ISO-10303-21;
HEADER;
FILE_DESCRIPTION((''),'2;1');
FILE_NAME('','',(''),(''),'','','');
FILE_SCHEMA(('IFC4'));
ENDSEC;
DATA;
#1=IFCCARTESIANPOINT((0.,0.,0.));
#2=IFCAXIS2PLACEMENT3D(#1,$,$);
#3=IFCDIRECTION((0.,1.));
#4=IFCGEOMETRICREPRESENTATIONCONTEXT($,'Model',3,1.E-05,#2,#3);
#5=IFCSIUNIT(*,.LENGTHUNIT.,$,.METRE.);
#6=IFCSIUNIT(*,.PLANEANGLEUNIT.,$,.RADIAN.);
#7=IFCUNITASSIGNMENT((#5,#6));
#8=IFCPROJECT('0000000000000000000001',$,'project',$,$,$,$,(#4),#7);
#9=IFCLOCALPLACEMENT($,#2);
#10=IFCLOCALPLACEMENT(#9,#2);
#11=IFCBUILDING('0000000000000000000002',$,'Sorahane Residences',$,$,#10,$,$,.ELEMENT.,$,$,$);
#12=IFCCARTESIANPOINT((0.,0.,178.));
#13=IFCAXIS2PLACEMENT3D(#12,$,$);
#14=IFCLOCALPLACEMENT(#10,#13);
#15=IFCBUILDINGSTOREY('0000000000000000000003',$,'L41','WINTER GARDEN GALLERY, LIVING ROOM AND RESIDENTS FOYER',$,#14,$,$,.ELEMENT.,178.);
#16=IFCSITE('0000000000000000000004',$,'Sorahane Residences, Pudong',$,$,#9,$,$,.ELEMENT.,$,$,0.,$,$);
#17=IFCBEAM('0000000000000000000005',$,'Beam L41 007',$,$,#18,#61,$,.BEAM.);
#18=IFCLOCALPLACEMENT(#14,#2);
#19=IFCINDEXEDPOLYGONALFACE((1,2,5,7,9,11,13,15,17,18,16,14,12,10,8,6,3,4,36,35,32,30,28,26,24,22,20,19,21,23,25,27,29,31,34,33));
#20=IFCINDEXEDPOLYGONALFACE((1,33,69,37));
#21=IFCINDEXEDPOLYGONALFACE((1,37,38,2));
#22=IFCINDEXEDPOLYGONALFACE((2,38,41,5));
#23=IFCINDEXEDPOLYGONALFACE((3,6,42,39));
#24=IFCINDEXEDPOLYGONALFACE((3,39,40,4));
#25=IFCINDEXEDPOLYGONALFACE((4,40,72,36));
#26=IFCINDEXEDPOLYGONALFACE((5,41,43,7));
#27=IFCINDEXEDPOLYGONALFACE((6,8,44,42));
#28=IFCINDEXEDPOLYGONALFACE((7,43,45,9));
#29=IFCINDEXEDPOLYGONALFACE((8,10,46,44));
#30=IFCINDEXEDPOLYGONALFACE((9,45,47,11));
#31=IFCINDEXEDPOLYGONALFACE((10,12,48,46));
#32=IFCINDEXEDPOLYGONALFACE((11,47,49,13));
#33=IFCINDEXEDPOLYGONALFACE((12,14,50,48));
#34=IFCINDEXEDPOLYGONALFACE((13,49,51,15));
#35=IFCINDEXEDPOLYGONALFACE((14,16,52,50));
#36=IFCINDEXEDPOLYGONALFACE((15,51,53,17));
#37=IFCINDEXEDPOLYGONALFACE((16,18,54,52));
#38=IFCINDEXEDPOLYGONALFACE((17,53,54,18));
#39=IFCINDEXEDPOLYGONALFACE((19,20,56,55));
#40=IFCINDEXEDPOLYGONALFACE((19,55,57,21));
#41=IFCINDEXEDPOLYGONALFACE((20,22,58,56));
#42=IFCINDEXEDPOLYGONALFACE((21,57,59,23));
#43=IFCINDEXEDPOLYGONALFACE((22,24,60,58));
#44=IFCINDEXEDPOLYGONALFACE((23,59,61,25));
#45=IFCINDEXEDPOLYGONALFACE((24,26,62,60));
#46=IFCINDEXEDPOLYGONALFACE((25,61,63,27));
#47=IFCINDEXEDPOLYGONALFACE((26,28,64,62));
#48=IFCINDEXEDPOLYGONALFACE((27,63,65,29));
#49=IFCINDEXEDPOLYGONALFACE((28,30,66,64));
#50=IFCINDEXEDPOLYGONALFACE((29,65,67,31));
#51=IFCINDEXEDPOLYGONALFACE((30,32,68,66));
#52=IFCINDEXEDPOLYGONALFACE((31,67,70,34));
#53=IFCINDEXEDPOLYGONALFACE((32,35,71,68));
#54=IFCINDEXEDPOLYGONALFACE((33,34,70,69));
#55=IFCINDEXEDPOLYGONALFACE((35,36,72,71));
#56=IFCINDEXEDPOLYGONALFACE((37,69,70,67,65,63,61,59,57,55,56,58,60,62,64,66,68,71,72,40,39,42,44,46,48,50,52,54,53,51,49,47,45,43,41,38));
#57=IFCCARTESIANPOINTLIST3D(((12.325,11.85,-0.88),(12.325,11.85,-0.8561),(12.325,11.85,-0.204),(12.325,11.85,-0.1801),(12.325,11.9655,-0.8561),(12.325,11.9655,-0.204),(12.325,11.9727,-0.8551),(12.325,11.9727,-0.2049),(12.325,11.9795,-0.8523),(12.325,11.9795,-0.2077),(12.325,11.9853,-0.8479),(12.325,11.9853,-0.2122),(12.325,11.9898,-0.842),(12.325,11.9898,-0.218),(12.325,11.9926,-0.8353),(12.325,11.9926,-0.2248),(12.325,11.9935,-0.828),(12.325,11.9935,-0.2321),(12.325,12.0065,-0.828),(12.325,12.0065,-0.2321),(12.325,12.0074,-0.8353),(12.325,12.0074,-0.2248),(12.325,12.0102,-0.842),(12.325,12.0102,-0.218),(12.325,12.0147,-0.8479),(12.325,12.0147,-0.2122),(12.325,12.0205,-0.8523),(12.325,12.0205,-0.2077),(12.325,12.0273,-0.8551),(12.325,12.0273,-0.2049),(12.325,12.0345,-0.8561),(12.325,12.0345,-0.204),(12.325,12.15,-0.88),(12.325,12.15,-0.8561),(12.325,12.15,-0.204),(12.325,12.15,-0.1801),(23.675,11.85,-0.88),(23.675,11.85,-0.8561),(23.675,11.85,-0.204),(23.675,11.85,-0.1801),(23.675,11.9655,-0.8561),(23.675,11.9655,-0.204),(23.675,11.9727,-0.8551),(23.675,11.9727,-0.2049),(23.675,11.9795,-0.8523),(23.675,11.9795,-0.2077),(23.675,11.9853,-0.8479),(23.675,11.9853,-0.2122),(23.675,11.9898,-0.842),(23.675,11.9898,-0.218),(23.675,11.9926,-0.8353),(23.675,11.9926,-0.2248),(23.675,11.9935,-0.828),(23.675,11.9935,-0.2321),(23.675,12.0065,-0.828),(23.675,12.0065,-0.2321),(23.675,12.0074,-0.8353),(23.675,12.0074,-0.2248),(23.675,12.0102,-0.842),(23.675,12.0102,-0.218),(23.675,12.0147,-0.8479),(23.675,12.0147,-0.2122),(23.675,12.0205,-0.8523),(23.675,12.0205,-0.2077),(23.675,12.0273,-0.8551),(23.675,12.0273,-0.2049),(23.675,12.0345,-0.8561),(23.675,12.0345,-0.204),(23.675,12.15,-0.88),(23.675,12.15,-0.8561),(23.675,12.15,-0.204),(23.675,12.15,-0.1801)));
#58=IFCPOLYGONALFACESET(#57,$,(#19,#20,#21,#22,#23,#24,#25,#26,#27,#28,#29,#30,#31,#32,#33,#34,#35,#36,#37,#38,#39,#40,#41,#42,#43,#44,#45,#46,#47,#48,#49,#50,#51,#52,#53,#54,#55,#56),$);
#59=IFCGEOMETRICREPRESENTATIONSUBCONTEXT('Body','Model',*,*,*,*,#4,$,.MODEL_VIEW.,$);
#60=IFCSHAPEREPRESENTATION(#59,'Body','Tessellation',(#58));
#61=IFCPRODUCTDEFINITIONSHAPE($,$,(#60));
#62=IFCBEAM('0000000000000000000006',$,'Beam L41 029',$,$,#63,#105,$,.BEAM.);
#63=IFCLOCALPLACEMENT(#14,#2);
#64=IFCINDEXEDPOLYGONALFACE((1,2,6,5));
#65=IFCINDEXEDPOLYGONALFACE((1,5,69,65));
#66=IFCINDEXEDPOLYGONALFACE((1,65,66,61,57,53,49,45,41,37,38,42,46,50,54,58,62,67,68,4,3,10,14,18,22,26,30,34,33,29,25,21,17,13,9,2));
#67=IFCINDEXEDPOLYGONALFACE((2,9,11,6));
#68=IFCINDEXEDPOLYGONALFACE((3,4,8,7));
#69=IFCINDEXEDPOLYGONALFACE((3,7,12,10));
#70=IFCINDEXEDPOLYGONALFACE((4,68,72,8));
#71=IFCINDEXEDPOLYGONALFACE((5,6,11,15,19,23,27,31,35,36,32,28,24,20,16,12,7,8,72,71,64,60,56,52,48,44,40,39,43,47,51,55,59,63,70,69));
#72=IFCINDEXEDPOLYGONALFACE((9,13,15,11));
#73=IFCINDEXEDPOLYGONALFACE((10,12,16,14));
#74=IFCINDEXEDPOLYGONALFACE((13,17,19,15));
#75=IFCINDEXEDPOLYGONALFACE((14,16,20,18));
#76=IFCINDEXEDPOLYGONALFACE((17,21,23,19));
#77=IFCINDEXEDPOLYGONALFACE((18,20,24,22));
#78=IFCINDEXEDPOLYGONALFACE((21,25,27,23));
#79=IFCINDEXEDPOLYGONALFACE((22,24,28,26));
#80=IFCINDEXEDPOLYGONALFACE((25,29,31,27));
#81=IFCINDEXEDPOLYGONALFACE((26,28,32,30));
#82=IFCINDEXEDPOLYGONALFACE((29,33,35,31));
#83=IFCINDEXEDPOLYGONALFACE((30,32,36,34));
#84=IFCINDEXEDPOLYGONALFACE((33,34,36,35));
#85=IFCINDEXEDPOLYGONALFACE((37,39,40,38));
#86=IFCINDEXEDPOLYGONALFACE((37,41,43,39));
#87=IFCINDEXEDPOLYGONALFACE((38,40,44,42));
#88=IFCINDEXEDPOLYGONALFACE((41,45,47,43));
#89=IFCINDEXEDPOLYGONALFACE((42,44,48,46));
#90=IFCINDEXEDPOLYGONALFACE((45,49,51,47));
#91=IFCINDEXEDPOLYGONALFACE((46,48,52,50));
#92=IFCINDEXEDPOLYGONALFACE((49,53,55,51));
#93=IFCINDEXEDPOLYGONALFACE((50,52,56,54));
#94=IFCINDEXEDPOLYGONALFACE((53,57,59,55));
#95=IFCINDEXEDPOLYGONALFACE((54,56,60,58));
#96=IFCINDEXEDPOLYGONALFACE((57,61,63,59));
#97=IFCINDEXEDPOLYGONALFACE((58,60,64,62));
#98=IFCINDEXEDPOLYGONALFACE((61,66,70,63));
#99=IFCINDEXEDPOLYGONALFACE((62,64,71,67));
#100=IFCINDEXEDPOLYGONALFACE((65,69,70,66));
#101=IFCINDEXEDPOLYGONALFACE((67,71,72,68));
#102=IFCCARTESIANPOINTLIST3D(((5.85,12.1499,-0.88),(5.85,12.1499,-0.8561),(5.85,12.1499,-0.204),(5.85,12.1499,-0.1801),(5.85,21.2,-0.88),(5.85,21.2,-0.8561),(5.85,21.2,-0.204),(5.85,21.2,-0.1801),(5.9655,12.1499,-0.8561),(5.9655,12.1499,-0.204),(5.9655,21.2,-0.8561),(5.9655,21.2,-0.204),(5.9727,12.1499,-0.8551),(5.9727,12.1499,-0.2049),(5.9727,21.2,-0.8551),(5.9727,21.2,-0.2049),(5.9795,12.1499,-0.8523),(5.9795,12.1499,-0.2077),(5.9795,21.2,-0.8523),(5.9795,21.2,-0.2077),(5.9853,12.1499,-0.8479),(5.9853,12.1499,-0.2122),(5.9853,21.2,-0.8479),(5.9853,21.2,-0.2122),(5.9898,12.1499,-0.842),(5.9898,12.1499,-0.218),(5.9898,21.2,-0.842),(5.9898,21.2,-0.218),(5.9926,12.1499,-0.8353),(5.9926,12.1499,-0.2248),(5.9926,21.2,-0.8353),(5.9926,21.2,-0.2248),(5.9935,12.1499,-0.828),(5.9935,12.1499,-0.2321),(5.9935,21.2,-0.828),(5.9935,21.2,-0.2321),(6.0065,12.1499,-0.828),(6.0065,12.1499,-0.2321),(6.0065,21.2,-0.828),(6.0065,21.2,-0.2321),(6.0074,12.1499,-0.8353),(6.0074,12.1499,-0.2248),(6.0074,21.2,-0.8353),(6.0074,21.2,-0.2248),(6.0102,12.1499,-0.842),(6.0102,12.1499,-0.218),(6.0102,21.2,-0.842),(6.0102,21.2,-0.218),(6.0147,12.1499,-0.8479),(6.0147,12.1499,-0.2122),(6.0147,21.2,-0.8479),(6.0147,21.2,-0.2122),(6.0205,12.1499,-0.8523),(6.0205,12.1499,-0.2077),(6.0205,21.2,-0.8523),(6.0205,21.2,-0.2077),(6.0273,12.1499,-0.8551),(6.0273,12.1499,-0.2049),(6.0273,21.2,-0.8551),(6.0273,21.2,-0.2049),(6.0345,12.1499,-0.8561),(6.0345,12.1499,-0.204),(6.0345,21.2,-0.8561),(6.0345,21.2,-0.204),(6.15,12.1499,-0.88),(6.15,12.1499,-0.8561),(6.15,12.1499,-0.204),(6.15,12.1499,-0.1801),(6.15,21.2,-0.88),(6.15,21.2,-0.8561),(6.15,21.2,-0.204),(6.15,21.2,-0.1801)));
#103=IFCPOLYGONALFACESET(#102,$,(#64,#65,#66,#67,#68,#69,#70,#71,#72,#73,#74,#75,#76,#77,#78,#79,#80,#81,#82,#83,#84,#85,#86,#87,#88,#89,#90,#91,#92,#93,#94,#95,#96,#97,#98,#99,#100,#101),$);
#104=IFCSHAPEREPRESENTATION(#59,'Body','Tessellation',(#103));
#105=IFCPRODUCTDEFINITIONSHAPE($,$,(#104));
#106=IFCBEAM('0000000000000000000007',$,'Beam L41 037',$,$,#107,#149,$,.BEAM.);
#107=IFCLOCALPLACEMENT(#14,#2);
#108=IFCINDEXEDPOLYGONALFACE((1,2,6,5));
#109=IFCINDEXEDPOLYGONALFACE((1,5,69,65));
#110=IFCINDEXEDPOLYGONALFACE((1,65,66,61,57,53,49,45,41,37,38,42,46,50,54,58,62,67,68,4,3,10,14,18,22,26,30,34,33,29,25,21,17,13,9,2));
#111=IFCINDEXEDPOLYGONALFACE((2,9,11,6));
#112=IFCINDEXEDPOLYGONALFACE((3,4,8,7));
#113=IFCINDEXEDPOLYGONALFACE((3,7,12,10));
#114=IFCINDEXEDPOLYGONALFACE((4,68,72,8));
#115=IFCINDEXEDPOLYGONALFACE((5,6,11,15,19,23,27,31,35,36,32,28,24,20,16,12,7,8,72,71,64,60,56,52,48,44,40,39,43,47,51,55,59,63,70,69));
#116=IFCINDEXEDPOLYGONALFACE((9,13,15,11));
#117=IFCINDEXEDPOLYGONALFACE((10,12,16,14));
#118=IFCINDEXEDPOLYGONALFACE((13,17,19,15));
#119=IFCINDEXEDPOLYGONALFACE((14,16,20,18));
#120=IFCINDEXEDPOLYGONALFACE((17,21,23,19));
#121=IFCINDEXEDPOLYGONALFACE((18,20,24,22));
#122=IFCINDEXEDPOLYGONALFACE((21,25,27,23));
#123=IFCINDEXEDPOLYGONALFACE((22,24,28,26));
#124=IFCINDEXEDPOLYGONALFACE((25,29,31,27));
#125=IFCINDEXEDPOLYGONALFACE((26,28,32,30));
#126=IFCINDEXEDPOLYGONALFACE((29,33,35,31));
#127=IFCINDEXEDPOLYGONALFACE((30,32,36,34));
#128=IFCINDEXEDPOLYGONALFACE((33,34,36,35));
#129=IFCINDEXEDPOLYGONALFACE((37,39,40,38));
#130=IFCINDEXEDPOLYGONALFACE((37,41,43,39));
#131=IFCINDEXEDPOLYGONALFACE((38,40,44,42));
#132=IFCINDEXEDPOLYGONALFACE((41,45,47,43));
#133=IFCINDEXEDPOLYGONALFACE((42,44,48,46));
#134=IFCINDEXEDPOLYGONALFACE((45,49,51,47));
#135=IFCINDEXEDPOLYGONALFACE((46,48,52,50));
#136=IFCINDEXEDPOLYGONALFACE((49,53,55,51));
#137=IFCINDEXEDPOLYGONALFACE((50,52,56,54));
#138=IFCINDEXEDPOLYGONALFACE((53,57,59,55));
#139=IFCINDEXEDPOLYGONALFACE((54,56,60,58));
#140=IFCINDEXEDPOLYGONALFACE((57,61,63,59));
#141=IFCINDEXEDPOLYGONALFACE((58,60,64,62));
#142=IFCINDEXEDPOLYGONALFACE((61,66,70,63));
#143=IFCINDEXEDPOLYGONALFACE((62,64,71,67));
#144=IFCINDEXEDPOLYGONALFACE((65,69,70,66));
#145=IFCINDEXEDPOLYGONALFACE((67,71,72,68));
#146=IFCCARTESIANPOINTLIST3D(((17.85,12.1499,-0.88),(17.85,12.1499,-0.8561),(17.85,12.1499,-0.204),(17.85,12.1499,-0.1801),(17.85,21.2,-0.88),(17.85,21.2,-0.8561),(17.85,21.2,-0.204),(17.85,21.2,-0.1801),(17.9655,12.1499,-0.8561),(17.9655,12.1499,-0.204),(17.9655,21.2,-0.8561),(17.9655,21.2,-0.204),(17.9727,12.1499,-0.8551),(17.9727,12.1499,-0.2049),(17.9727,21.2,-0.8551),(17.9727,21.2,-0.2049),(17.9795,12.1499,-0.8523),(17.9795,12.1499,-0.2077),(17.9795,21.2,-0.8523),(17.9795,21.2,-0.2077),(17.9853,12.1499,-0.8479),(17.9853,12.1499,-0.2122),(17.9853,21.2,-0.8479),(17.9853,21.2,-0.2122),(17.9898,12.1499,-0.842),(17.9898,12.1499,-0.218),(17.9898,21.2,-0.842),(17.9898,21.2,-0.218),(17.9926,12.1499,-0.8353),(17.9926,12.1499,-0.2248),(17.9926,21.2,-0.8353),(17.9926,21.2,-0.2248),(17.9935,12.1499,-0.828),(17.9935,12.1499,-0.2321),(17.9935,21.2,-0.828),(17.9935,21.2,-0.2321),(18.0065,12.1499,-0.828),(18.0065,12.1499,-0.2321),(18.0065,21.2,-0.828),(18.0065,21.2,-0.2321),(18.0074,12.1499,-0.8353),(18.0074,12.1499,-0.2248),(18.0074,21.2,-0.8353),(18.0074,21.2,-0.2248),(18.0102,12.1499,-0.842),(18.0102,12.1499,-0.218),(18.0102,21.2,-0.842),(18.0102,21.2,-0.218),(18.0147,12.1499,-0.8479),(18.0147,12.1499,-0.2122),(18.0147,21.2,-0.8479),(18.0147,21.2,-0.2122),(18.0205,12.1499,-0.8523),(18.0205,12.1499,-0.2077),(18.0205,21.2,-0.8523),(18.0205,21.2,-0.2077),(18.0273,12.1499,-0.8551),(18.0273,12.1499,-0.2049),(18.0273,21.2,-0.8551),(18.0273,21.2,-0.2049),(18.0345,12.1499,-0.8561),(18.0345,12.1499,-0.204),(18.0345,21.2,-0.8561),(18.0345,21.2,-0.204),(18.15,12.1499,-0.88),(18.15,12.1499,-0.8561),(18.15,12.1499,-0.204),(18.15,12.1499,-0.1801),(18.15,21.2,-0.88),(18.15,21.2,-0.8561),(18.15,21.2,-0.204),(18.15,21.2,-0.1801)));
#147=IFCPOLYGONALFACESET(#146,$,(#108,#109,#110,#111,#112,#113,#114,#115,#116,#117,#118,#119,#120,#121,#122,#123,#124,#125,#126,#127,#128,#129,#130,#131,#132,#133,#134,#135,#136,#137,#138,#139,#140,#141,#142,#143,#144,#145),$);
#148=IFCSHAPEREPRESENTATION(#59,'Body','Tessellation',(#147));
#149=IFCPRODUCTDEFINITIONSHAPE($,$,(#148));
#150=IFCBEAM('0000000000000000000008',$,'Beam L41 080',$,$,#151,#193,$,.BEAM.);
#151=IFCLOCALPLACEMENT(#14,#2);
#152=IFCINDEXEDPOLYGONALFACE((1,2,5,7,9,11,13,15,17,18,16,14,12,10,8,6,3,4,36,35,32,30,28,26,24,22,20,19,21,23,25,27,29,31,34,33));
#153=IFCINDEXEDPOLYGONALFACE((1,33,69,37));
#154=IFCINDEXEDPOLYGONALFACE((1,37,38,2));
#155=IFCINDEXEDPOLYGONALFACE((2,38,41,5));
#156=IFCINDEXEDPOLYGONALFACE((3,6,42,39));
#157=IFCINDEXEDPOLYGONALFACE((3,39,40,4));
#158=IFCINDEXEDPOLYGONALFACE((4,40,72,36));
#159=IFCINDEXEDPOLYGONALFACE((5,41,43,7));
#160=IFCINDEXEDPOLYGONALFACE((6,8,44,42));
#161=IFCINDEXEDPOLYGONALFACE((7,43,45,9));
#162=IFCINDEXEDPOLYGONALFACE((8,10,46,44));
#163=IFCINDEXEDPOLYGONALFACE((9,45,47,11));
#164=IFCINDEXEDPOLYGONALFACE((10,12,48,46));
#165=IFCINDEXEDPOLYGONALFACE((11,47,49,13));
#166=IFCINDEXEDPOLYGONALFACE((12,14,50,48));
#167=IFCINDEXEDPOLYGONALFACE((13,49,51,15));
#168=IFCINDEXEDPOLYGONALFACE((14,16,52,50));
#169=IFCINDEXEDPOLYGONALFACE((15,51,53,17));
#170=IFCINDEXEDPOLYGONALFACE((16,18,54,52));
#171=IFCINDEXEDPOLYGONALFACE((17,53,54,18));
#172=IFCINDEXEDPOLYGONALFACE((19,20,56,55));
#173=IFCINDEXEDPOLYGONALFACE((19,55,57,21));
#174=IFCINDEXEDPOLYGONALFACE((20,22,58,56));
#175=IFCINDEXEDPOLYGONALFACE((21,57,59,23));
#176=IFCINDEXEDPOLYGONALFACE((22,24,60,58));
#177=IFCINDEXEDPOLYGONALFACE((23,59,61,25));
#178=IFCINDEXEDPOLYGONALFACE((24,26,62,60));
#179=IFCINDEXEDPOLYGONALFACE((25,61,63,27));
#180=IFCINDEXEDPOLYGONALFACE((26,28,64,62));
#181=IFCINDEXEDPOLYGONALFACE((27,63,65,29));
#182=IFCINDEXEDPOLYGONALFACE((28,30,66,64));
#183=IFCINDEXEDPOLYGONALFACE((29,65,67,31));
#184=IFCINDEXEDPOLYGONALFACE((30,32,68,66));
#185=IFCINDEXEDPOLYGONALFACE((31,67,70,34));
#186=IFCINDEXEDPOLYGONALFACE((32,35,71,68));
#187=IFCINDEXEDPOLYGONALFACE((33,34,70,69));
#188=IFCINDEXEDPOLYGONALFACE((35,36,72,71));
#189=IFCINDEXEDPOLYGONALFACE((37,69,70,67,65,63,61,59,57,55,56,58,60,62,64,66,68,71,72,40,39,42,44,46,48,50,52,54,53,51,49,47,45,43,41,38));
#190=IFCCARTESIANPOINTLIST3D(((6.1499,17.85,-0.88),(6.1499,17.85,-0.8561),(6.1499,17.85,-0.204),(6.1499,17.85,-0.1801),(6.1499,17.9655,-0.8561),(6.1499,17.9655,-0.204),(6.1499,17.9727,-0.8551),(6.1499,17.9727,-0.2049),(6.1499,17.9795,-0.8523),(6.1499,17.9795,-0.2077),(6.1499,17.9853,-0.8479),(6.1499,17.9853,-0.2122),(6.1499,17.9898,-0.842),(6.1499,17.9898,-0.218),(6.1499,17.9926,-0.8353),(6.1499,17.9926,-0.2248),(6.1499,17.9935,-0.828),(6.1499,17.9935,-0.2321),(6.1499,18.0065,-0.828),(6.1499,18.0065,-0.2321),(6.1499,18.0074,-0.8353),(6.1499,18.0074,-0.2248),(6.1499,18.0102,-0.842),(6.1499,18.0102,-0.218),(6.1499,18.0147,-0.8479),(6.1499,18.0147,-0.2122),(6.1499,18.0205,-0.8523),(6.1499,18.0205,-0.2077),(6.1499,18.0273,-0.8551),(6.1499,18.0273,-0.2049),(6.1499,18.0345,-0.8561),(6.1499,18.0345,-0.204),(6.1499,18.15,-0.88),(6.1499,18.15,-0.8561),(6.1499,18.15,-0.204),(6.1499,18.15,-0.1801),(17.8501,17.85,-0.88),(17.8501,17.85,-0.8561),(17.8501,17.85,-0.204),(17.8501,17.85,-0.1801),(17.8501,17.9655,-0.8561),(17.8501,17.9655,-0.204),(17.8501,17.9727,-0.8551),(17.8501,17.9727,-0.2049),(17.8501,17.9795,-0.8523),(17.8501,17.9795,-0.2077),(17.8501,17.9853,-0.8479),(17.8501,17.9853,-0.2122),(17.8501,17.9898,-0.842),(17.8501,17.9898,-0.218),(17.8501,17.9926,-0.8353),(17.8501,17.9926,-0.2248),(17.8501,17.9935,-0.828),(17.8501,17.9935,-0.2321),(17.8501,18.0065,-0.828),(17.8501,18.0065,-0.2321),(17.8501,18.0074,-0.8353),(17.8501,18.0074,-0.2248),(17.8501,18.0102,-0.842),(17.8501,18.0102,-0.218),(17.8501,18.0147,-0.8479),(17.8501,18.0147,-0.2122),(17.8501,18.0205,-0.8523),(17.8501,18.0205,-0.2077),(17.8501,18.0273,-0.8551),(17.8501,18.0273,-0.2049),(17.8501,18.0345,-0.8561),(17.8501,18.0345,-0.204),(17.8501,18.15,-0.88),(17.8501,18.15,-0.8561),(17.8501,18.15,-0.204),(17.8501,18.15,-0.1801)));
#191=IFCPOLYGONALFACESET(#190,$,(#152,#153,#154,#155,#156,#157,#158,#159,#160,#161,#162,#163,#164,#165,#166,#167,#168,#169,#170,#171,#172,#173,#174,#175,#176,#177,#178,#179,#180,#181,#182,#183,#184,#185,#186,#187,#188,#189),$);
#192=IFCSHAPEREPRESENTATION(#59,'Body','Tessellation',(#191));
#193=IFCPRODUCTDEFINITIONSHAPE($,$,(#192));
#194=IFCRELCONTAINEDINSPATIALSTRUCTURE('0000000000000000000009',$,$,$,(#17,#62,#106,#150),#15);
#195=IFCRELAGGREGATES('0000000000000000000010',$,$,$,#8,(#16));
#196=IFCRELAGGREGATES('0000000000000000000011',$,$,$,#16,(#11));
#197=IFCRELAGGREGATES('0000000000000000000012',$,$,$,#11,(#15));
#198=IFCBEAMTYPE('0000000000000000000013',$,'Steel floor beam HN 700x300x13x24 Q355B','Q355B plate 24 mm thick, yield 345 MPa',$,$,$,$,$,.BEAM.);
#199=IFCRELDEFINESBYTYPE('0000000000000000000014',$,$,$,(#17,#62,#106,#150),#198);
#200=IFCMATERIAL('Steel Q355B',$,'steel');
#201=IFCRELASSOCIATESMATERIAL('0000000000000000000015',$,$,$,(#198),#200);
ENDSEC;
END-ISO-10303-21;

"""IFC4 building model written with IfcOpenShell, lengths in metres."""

from ifc_helpers import new_model, si_unit, direction, frame, origin, origin_2d, place, context, subcontext, project, spatial, i_section, extrude, material, material_profile, profile_set, type_object, element, save


model = new_model("IFC4")

# Units and contexts
model_context = context("Model", 3, precision=1e-05, world=origin(), true_north=direction((0.0, 1.0)))
body_context = subcontext(model_context, "Body", "Model", "MODEL_VIEW")
ifc_project = project(units=[si_unit("LENGTHUNIT", "METRE"), si_unit("PLANEANGLEUNIT", "RADIAN")], contexts=[model_context])

# Site, building, storey
site_placement = place(None, origin())
site = spatial("IfcSite", under=ifc_project, at=site_placement, Name="Sorahane Residences, Pudong", CompositionType="ELEMENT", RefElevation=0.0)
building_placement = place(site_placement, origin())
building = spatial("IfcBuilding", under=site, at=building_placement, Name="Sorahane Residences", CompositionType="ELEMENT")
storey_placement = place(building_placement, frame((0.0, 0.0, 178.0)))
storey = spatial("IfcBuildingStorey", under=building, at=storey_placement, Name="L41", Description="WINTER GARDEN GALLERY, LIVING ROOM AND RESIDENTS FOYER", CompositionType="ELEMENT", Elevation=178.0)

# Beams
ifc_material_1 = material(Name="Steel Q355B", Category="steel")
ifc_material_profile_1 = material_profile(ifc_material_1, i_section(OverallWidth=0.3, OverallDepth=0.7, WebThickness=0.0129, FlangeThickness=0.0239, FilletRadius=0.0281, at=origin_2d()), Name="HN 700x300x13x24")
ifc_profile_set_1 = profile_set([ifc_material_profile_1], Name="Steel Q355B")
beam_type_1 = type_object("IfcBeamType", Name="Steel floor beam HN 700x300x13x24 Q355B", Description="Q355B plate 24 mm thick, yield 345 MPa", PredefinedType="BEAM", material=ifc_profile_set_1)
beam_placement = place(storey_placement, frame((12.325, 12.0, -0.53), z_axis=(1.0, 0.0, 0.0), x_axis=(0.0, 1.0, 0.0)))
element("IfcBeam", 1, at=beam_placement, inside=storey, type_object=beam_type_1, Name="Beam L41 007", PredefinedType="BEAM", context=body_context, shape_type="SweptSolid", body=[
    extrude(i_section(OverallWidth=0.3, OverallDepth=0.7, WebThickness=0.0129, FlangeThickness=0.0239, FilletRadius=0.0281, at=origin_2d()), origin(), (0.0, 0.0, 1.0), 11.3501),
])
for number, where, z_axis, x_axis, name in (
    (2, (6.0, 12.1499, -0.53), (0.0, 1.0, 0.0), (-1.0, 0.0, 0.0), "Beam L41 029"),
    (3, (18.0, 12.1499, -0.53), (0.0, 1.0, 0.0), (-1.0, 0.0, 0.0), "Beam L41 037"),
):
    element("IfcBeam", number, at=place(storey_placement, frame(where, z_axis=z_axis, x_axis=x_axis)), inside=storey, type_object=beam_type_1, Name=name, PredefinedType="BEAM", context=body_context, shape_type="SweptSolid", body=[
        extrude(i_section(OverallWidth=0.3, OverallDepth=0.7, WebThickness=0.0129, FlangeThickness=0.0239, FilletRadius=0.0281, at=origin_2d()), origin(), (0.0, 0.0, 1.0), 9.05),
    ])
for number, where, z_axis, x_axis, name in (
    (4, (6.1499, 18.0, -0.53), (1.0, 0.0, 0.0), (0.0, 1.0, 0.0), "Beam L41 080"),
):
    element("IfcBeam", number, at=place(storey_placement, frame(where, z_axis=z_axis, x_axis=x_axis)), inside=storey, type_object=beam_type_1, Name=name, PredefinedType="BEAM", context=body_context, shape_type="SweptSolid", body=[
        extrude(i_section(OverallWidth=0.3, OverallDepth=0.7, WebThickness=0.0129, FlangeThickness=0.0239, FilletRadius=0.0281, at=origin_2d()), origin(), (0.0, 0.0, 1.0), 11.7002),
    ])

save(model, "model.ifc")
